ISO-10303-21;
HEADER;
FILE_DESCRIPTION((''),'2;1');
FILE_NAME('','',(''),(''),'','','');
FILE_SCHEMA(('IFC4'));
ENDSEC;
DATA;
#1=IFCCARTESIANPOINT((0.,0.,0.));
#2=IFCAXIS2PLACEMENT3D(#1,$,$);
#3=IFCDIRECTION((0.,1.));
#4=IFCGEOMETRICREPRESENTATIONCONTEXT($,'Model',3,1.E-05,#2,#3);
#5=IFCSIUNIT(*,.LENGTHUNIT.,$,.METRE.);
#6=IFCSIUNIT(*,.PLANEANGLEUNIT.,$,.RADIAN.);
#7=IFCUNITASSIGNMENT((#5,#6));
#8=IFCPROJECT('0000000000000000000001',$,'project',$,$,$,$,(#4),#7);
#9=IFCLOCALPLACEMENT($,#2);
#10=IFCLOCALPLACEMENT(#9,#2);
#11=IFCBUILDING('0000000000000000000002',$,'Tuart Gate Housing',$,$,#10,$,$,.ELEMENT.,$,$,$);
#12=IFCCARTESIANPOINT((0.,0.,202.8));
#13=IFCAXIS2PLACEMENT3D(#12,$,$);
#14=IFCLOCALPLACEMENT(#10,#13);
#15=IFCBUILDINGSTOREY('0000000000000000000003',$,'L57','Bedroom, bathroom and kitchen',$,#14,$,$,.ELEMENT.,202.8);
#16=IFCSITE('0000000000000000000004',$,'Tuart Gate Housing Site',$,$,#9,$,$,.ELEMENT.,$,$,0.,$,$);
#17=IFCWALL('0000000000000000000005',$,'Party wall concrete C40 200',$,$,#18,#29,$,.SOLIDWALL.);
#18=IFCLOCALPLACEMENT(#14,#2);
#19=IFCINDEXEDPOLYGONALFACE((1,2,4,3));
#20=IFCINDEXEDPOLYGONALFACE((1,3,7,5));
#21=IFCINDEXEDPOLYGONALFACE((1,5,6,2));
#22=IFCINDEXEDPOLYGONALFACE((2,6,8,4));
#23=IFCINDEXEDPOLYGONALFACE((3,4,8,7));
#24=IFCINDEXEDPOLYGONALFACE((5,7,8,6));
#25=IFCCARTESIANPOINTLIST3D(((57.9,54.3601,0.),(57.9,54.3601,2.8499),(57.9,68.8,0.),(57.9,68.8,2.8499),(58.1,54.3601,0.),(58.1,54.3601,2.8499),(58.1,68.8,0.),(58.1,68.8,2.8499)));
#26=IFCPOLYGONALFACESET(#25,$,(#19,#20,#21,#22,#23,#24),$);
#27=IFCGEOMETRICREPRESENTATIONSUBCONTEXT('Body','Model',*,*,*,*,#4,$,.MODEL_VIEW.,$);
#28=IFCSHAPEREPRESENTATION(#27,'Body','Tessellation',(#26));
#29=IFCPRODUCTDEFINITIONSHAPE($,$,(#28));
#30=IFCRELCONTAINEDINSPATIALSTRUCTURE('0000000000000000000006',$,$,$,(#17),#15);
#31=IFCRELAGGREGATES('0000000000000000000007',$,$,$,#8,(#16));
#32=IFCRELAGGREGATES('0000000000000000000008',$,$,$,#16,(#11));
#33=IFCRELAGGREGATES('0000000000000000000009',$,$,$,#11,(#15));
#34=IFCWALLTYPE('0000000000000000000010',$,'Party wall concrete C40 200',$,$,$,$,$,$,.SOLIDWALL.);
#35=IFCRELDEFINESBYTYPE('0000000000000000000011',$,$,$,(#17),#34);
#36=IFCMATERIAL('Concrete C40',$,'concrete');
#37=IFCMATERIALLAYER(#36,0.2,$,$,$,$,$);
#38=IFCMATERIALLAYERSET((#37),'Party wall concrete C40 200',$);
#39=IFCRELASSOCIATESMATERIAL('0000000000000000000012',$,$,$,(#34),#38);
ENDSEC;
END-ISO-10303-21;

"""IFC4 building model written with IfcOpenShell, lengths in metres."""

from ifc_helpers import new_model, si_unit, direction, frame, frame_2d, origin, place, context, subcontext, project, spatial, rectangle, extrude, material, layer, layer_set, type_object, element, save


model = new_model("IFC4")

# Units and contexts
model_context = context("Model", 3, precision=1e-05, world=origin(), true_north=direction((0.0, 1.0)))
body_context = subcontext(model_context, "Body", "Model", "MODEL_VIEW")
ifc_project = project(units=[si_unit("LENGTHUNIT", "METRE"), si_unit("PLANEANGLEUNIT", "RADIAN")], contexts=[model_context])

# Site, building, storey
site_placement = place(None, origin())
site = spatial("IfcSite", under=ifc_project, at=site_placement, Name="Tuart Gate Housing Site", CompositionType="ELEMENT", RefElevation=0.0)
building_placement = place(site_placement, origin())
building = spatial("IfcBuilding", under=site, at=building_placement, Name="Tuart Gate Housing", CompositionType="ELEMENT")
storey_placement = place(building_placement, frame((0.0, 0.0, 202.8)))
storey = spatial("IfcBuildingStorey", under=building, at=storey_placement, Name="L57", Description="Bedroom, bathroom and kitchen", CompositionType="ELEMENT", Elevation=202.8)

# Wall
ifc_material_1 = material(Name="Concrete C40", Category="concrete")
ifc_layer_1 = layer(ifc_material_1, 0.2)
ifc_layer_set_1 = layer_set([ifc_layer_1], Name="Party wall concrete C40 200")
wall_type_1 = type_object("IfcWallType", Name="Party wall concrete C40 200", PredefinedType="SOLIDWALL", material=ifc_layer_set_1)
for number, where, z_axis, x_axis, name in (
    (1, (58.0, 54.3601, 0.0), (0.0, 0.0, 1.0), (0.0, 1.0, 0.0), "Party wall concrete C40 200"),
):
    element("IfcWall", number, at=place(storey_placement, frame(where, z_axis=z_axis, x_axis=x_axis)), inside=storey, type_object=wall_type_1, Name=name, PredefinedType="SOLIDWALL", context=body_context, shape_type="SweptSolid", body=[
        extrude(rectangle(XDim=14.4399, YDim=0.2, at=frame_2d((7.22, 0.0))), origin(), (0.0, 0.0, 1.0), 2.8499),
    ])

save(model, "model.ifc")
